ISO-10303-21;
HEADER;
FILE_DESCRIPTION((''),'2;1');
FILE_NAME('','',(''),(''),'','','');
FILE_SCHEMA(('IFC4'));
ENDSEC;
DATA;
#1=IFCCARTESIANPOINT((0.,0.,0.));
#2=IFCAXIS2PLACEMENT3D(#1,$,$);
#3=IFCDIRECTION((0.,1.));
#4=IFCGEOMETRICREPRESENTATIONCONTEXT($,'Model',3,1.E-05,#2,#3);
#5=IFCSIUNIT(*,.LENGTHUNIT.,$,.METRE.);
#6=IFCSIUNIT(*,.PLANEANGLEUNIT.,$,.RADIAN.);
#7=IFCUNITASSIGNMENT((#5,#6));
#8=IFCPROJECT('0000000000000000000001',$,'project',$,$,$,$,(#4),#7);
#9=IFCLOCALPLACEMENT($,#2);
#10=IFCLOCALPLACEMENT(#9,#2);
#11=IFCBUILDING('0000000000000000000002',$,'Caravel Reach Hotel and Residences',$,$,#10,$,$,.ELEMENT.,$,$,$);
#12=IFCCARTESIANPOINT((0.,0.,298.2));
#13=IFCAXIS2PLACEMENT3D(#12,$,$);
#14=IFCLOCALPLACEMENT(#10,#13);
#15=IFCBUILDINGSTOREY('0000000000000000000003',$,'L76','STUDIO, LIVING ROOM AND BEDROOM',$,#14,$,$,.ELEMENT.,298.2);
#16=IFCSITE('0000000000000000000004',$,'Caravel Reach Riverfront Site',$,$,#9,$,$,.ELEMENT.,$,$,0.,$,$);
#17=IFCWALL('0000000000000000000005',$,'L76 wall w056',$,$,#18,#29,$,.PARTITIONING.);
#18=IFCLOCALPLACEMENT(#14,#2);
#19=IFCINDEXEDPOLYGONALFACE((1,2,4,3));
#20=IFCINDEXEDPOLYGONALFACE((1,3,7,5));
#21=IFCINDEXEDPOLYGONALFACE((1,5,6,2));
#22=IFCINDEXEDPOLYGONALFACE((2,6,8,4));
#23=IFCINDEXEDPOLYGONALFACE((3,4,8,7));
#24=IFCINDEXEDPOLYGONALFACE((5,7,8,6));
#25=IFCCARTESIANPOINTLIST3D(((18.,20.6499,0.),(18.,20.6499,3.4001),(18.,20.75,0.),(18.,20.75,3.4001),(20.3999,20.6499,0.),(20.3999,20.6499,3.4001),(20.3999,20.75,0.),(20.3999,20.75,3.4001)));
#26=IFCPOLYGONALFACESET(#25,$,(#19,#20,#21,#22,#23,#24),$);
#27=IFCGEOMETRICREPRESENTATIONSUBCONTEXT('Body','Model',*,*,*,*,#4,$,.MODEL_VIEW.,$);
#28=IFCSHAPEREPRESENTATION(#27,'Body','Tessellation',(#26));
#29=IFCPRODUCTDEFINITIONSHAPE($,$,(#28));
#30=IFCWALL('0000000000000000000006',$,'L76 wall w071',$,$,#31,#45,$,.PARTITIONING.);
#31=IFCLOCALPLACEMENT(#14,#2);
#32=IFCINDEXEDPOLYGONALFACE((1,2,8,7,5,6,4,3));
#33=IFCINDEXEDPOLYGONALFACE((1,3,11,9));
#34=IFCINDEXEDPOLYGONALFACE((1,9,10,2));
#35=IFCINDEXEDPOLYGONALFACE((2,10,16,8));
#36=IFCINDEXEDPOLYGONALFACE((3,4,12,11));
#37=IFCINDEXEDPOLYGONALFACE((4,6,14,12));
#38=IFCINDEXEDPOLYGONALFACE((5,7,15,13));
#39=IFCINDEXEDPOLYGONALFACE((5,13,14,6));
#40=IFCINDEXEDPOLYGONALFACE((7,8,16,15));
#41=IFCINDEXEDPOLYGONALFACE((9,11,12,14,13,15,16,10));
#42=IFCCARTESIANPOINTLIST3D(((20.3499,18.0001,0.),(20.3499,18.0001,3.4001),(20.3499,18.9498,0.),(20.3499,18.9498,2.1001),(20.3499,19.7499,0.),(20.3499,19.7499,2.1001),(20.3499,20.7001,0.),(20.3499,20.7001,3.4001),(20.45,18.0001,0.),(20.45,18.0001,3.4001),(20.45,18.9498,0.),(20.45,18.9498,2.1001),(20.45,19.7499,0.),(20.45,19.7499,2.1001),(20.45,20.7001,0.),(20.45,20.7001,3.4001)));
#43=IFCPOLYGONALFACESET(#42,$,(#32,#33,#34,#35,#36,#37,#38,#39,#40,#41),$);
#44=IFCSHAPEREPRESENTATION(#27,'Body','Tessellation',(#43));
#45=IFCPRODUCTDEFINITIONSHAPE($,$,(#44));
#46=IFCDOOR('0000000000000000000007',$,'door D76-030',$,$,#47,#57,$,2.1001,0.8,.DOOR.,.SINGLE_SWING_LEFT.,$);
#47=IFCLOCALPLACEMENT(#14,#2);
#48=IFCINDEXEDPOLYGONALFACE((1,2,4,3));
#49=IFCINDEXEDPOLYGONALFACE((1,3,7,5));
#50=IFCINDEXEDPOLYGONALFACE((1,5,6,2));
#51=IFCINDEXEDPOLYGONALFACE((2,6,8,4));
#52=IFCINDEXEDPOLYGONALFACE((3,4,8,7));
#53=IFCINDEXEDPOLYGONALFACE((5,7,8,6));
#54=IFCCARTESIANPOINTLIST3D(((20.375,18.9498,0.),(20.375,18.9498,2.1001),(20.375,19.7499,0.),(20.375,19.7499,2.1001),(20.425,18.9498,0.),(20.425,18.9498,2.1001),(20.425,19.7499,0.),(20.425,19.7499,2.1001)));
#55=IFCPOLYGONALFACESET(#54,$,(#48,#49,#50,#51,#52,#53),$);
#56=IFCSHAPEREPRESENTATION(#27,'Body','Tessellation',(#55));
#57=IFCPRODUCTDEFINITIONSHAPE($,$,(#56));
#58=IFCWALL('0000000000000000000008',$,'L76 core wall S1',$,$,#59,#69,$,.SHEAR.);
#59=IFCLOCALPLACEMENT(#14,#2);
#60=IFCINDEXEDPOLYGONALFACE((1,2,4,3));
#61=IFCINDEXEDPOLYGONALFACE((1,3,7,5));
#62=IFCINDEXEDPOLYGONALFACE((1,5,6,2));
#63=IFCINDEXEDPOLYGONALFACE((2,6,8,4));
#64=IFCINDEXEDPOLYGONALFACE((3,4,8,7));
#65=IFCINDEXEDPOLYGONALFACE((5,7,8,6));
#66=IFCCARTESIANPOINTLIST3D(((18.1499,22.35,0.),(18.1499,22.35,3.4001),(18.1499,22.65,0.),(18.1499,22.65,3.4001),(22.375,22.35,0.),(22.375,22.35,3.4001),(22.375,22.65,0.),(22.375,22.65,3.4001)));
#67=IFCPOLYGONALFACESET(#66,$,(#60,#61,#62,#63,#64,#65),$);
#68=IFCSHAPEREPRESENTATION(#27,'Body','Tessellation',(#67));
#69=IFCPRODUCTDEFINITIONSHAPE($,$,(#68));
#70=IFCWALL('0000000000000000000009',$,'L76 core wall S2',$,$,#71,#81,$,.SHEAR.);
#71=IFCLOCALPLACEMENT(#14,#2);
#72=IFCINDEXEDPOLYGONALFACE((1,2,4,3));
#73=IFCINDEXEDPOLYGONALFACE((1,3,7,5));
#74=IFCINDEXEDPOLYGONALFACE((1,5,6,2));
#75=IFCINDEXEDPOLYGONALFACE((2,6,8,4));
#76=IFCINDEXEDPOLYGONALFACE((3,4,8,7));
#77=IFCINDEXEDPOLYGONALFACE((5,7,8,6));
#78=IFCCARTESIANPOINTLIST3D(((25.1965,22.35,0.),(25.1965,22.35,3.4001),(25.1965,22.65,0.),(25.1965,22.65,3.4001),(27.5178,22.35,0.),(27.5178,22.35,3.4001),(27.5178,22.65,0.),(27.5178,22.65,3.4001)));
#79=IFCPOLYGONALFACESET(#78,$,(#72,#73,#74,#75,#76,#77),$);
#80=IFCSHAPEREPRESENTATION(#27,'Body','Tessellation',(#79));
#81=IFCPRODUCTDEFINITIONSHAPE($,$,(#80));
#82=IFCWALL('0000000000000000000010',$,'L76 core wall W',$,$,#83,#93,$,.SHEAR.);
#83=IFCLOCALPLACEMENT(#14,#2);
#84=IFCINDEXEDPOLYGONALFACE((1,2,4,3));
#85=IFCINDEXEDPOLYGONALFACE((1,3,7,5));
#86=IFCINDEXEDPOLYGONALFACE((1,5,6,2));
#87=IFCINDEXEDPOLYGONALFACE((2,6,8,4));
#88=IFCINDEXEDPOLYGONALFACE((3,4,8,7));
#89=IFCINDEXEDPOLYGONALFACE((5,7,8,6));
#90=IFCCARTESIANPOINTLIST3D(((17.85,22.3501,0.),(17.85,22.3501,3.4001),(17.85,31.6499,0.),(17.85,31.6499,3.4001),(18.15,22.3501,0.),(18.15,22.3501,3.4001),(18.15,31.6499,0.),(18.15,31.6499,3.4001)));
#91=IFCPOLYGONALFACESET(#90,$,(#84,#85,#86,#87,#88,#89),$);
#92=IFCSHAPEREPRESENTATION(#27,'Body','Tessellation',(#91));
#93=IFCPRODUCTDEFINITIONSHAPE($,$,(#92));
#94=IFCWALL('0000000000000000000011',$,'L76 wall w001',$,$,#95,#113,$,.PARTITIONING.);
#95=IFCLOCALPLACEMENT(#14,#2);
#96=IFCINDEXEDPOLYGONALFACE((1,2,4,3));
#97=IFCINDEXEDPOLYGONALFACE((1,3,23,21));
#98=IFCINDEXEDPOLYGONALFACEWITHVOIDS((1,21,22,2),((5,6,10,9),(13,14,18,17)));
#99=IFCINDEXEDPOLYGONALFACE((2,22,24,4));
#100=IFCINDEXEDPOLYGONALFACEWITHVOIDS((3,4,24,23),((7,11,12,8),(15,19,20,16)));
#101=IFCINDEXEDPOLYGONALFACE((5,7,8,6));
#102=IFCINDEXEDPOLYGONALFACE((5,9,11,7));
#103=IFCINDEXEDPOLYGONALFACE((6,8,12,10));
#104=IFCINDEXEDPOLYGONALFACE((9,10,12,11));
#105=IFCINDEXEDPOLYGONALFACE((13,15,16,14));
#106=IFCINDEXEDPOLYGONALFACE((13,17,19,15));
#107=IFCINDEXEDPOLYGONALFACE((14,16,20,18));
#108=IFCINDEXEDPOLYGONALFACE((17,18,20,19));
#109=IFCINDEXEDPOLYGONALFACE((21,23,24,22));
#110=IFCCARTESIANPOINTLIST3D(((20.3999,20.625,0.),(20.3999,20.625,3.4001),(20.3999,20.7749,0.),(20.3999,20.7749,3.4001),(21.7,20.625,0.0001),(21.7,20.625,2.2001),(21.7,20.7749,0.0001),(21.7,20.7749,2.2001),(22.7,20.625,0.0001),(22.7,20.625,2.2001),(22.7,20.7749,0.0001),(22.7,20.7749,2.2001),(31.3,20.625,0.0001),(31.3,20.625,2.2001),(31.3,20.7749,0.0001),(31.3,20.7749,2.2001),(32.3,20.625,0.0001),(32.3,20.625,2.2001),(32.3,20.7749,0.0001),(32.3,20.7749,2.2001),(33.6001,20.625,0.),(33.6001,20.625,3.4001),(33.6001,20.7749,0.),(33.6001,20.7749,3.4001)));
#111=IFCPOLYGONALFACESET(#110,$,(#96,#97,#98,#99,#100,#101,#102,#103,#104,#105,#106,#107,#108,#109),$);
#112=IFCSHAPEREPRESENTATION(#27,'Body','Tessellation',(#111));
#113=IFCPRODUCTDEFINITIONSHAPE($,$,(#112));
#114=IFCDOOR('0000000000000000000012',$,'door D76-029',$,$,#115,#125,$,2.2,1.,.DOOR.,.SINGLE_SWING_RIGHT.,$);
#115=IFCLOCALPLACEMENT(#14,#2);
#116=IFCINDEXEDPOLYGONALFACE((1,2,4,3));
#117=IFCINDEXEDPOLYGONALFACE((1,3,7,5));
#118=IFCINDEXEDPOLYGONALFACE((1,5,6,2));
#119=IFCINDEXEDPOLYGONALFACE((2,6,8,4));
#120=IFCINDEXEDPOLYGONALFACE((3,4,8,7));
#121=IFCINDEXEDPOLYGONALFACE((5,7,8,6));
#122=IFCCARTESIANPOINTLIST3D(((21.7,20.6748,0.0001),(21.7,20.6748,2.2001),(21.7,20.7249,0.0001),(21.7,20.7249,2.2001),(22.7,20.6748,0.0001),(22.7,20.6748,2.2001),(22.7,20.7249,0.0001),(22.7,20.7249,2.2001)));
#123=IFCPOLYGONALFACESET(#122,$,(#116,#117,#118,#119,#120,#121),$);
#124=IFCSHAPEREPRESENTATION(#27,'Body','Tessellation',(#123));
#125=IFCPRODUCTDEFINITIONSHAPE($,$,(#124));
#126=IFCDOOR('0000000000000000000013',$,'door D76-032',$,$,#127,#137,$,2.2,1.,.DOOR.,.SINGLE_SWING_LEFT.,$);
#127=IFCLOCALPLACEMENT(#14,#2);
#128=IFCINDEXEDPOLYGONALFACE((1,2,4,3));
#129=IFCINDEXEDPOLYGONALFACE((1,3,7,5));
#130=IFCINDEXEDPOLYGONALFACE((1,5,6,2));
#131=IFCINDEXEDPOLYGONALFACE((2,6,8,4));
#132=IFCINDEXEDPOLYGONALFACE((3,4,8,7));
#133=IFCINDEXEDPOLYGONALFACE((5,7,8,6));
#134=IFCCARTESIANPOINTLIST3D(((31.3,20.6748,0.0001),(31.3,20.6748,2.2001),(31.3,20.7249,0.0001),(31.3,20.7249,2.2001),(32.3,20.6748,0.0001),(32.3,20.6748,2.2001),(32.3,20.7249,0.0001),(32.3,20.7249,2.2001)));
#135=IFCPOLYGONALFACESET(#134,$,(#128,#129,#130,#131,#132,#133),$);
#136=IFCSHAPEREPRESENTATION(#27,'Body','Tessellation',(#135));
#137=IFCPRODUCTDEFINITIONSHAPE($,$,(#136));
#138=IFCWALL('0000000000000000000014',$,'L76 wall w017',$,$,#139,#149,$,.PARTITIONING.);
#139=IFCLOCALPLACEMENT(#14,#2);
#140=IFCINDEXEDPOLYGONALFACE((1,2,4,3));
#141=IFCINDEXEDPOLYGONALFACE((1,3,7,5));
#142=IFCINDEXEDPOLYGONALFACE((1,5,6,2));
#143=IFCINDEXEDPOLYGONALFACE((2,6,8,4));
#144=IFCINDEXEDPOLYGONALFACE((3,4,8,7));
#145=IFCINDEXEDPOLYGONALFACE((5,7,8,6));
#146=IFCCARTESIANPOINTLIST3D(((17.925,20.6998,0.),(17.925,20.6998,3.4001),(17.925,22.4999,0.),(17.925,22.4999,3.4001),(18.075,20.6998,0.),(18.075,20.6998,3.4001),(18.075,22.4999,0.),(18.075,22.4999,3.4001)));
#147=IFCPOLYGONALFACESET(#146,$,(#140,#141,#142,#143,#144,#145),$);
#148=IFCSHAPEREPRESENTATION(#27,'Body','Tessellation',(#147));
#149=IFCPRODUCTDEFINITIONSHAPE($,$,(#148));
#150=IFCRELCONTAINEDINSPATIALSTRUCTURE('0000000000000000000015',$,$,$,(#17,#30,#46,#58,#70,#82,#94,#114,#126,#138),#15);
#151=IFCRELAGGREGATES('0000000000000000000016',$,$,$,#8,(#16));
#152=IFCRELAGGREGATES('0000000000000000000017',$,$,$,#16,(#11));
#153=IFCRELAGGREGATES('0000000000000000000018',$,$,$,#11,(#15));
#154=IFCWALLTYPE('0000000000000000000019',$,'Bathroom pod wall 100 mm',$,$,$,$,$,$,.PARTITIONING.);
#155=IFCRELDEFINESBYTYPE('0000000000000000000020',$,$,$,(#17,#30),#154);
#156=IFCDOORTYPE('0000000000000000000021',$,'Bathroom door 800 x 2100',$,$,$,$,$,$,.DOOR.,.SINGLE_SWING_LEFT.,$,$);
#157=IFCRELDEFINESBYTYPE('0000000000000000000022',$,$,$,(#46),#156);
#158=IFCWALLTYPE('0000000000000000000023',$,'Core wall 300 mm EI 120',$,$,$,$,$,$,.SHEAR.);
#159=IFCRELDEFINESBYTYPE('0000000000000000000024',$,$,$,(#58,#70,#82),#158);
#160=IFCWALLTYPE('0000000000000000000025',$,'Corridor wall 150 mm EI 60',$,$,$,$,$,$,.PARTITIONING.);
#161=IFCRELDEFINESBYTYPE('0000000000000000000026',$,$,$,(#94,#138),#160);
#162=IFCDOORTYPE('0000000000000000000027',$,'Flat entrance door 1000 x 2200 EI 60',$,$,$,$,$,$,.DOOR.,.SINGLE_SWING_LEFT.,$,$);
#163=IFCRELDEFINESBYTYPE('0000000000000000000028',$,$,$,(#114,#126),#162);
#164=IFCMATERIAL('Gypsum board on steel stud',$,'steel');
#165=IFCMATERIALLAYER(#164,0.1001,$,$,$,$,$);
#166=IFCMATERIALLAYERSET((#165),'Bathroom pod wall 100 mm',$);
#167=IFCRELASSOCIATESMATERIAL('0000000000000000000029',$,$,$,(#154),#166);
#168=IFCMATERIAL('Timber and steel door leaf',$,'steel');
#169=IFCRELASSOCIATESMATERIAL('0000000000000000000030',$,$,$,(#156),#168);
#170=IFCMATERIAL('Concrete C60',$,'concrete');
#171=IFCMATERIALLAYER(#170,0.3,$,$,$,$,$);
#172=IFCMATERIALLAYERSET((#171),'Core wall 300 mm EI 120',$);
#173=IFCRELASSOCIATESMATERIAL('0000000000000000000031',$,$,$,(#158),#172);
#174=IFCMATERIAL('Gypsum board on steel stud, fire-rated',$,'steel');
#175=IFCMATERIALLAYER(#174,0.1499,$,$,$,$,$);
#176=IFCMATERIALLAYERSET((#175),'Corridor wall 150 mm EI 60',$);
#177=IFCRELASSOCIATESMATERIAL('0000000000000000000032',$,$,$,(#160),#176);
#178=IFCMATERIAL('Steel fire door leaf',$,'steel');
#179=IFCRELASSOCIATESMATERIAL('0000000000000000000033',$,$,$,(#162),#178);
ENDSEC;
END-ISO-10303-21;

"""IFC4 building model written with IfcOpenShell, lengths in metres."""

from ifc_helpers import new_model, si_unit, direction, frame, frame_2d, origin, place, context, subcontext, project, spatial, rectangle, extrude, material, layer, layer_set, type_object, element, fill, save


model = new_model("IFC4")

# Units and contexts
model_context = context("Model", 3, precision=1e-05, world=origin(), true_north=direction((0.0, 1.0)))
body_context = subcontext(model_context, "Body", "Model", "MODEL_VIEW")
ifc_project = project(units=[si_unit("LENGTHUNIT", "METRE"), si_unit("PLANEANGLEUNIT", "RADIAN")], contexts=[model_context])

# Site, building, storey
site_placement = place(None, origin())
site = spatial("IfcSite", under=ifc_project, at=site_placement, Name="Caravel Reach Riverfront Site", CompositionType="ELEMENT", RefElevation=0.0)
building_placement = place(site_placement, origin())
building = spatial("IfcBuilding", under=site, at=building_placement, Name="Caravel Reach Hotel and Residences", CompositionType="ELEMENT")
storey_placement = place(building_placement, frame((0.0, 0.0, 298.2)))
storey = spatial("IfcBuildingStorey", under=building, at=storey_placement, Name="L76", Description="STUDIO, LIVING ROOM AND BEDROOM", CompositionType="ELEMENT", Elevation=298.2)

# Wall
ifc_material_1 = material(Name="Gypsum board on steel stud", Category="steel")
ifc_layer_1 = layer(ifc_material_1, 0.1001)
ifc_layer_set_1 = layer_set([ifc_layer_1], Name="Bathroom pod wall 100 mm")
wall_type_1 = type_object("IfcWallType", Name="Bathroom pod wall 100 mm", PredefinedType="PARTITIONING", material=ifc_layer_set_1)
wall_1_placement = place(storey_placement, frame((18.0, 20.7, 0.0), z_axis=(0.0, 0.0, 1.0), x_axis=(1.0, 0.0, 0.0)))
element("IfcWall", 1, at=wall_1_placement, inside=storey, type_object=wall_type_1, Name="L76 wall w056", PredefinedType="PARTITIONING", context=body_context, shape_type="SweptSolid", body=[
    extrude(rectangle(XDim=2.3999, YDim=0.1001, at=frame_2d((1.2, 0.0))), origin(), (0.0, 0.0, 1.0), 3.4001),
])

# Wall, opening, door
wall_2_placement = place(storey_placement, frame((20.3999, 18.0, 0.0), z_axis=(0.0, 0.0, 1.0), x_axis=(0.0, 1.0, 0.0)))
wall_2 = element("IfcWall", 2, at=wall_2_placement, inside=storey, type_object=wall_type_1, Name="L76 wall w071", PredefinedType="PARTITIONING", context=body_context, shape_type="SweptSolid", body=[
    extrude(rectangle(XDim=2.7, YDim=0.1001, at=frame_2d((1.3501, 0.0))), origin(), (0.0, 0.0, 1.0), 3.4001),
])
opening_1_placement = place(wall_2_placement, frame((0.95, 0.0, 0.0)))
opening_1 = element("IfcOpeningElement", 3, at=opening_1_placement, cuts=wall_2, PredefinedType="OPENING", context=body_context, shape_type="SweptSolid", body=[
    extrude(rectangle(XDim=0.8, YDim=2.1001, at=frame_2d((0.3999, 1.05))), frame((0.0, 0.0601, 0.0), z_axis=(0.0, -1.0, 0.0), x_axis=(1.0, 0.0, 0.0)), (0.0, 0.0, 1.0), 0.1201),
])
ifc_material_2 = material(Name="Timber and steel door leaf", Category="steel")
door_type_1 = type_object("IfcDoorType", Name="Bathroom door 800 x 2100", OperationType="SINGLE_SWING_LEFT", PredefinedType="DOOR", material=ifc_material_2)
door_1_placement = place(opening_1_placement, origin())
door_1 = element("IfcDoor", 4, at=door_1_placement, inside=storey, type_object=door_type_1, Name="door D76-030", OperationType="SINGLE_SWING_LEFT", OverallHeight=2.1001, OverallWidth=0.8, PredefinedType="DOOR", context=body_context, shape_type="SweptSolid", body=[
    extrude(rectangle(XDim=0.8, YDim=2.1001, at=frame_2d((0.3999, 1.05))), frame((0.0, 0.0249, 0.0), z_axis=(0.0, -1.0, 0.0), x_axis=(1.0, 0.0, 0.0)), (0.0, 0.0, 1.0), 0.05),
])
fill(opening_1, door_1)

# Walls
ifc_material_3 = material(Name="Concrete C60", Category="concrete")
ifc_layer_2 = layer(ifc_material_3, 0.3)
ifc_layer_set_2 = layer_set([ifc_layer_2], Name="Core wall 300 mm EI 120")
wall_type_2 = type_object("IfcWallType", Name="Core wall 300 mm EI 120", PredefinedType="SHEAR", material=ifc_layer_set_2)
wall_3_placement = place(storey_placement, frame((18.1499, 22.5, 0.0), z_axis=(0.0, 0.0, 1.0), x_axis=(1.0, 0.0, 0.0)))
element("IfcWall", 5, at=wall_3_placement, inside=storey, type_object=wall_type_2, Name="L76 core wall S1", PredefinedType="SHEAR", context=body_context, shape_type="SweptSolid", body=[
    extrude(rectangle(XDim=4.2251, YDim=0.3, at=frame_2d((2.1125, 0.0))), origin(), (0.0, 0.0, 1.0), 3.4001),
])
wall_4_placement = place(storey_placement, frame((25.1965, 22.5, 0.0), z_axis=(0.0, 0.0, 1.0), x_axis=(1.0, 0.0, 0.0)))
element("IfcWall", 6, at=wall_4_placement, inside=storey, type_object=wall_type_2, Name="L76 core wall S2", PredefinedType="SHEAR", context=body_context, shape_type="SweptSolid", body=[
    extrude(rectangle(XDim=2.3213, YDim=0.3, at=frame_2d((1.1606, 0.0))), origin(), (0.0, 0.0, 1.0), 3.4001),
])
wall_5_placement = place(storey_placement, frame((18.0, 22.3501, 0.0), z_axis=(0.0, 0.0, 1.0), x_axis=(0.0, 1.0, 0.0)))
element("IfcWall", 7, at=wall_5_placement, inside=storey, type_object=wall_type_2, Name="L76 core wall W", PredefinedType="SHEAR", context=body_context, shape_type="SweptSolid", body=[
    extrude(rectangle(XDim=9.2998, YDim=0.3, at=frame_2d((4.6499, 0.0))), origin(), (0.0, 0.0, 1.0), 3.4001),
])

# Wall, openings, doors
ifc_material_4 = material(Name="Gypsum board on steel stud, fire-rated", Category="steel")
ifc_layer_3 = layer(ifc_material_4, 0.1499)
ifc_layer_set_3 = layer_set([ifc_layer_3], Name="Corridor wall 150 mm EI 60")
wall_type_3 = type_object("IfcWallType", Name="Corridor wall 150 mm EI 60", PredefinedType="PARTITIONING", material=ifc_layer_set_3)
wall_6_placement = place(storey_placement, frame((20.3999, 20.7, 0.0), z_axis=(0.0, 0.0, 1.0), x_axis=(1.0, 0.0, 0.0)))
wall_6 = element("IfcWall", 8, at=wall_6_placement, inside=storey, type_object=wall_type_3, Name="L76 wall w001", PredefinedType="PARTITIONING", context=body_context, shape_type="SweptSolid", body=[
    extrude(rectangle(XDim=13.2002, YDim=0.1499, at=frame_2d((6.6001, 0.0))), origin(), (0.0, 0.0, 1.0), 3.4001),
])
opening_2_placement = place(wall_6_placement, frame((1.3, 0.0, 0.0)))
opening_2 = element("IfcOpeningElement", 9, at=opening_2_placement, cuts=wall_6, PredefinedType="OPENING", context=body_context, shape_type="SweptSolid", body=[
    extrude(rectangle(XDim=1.0, YDim=2.2, at=frame_2d((0.5, 1.1001))), frame((0.0, 0.085, 0.0), z_axis=(0.0, -1.0, 0.0), x_axis=(1.0, 0.0, 0.0)), (0.0, 0.0, 1.0), 0.1699),
])
opening_3_placement = place(wall_6_placement, frame((10.9001, 0.0, 0.0)))
opening_3 = element("IfcOpeningElement", 10, at=opening_3_placement, cuts=wall_6, PredefinedType="OPENING", context=body_context, shape_type="SweptSolid", body=[
    extrude(rectangle(XDim=1.0, YDim=2.2, at=frame_2d((0.5, 1.1001))), frame((0.0, 0.085, 0.0), z_axis=(0.0, -1.0, 0.0), x_axis=(1.0, 0.0, 0.0)), (0.0, 0.0, 1.0), 0.1699),
])
ifc_material_5 = material(Name="Steel fire door leaf", Category="steel")
door_type_2 = type_object("IfcDoorType", Name="Flat entrance door 1000 x 2200 EI 60", OperationType="SINGLE_SWING_LEFT", PredefinedType="DOOR", material=ifc_material_5)
door_2_placement = place(opening_2_placement, origin())
door_2 = element("IfcDoor", 11, at=door_2_placement, inside=storey, type_object=door_type_2, Name="door D76-029", OperationType="SINGLE_SWING_RIGHT", OverallHeight=2.2, OverallWidth=1.0, PredefinedType="DOOR", context=body_context, shape_type="SweptSolid", body=[
    extrude(rectangle(XDim=1.0, YDim=2.2, at=frame_2d((0.5, 1.1001))), frame((0.0, 0.0249, 0.0), z_axis=(0.0, -1.0, 0.0), x_axis=(1.0, 0.0, 0.0)), (0.0, 0.0, 1.0), 0.05),
])
fill(opening_2, door_2)
door_3_placement = place(opening_3_placement, origin())
door_3 = element("IfcDoor", 12, at=door_3_placement, inside=storey, type_object=door_type_2, Name="door D76-032", OperationType="SINGLE_SWING_LEFT", OverallHeight=2.2, OverallWidth=1.0, PredefinedType="DOOR", context=body_context, shape_type="SweptSolid", body=[
    extrude(rectangle(XDim=1.0, YDim=2.2, at=frame_2d((0.5, 1.1001))), frame((0.0, 0.0249, 0.0), z_axis=(0.0, -1.0, 0.0), x_axis=(1.0, 0.0, 0.0)), (0.0, 0.0, 1.0), 0.05),
])
fill(opening_3, door_3)

# Wall
wall_7_placement = place(storey_placement, frame((18.0, 20.7, 0.0), z_axis=(0.0, 0.0, 1.0), x_axis=(0.0, 1.0, 0.0)))
element("IfcWall", 13, at=wall_7_placement, inside=storey, type_object=wall_type_3, Name="L76 wall w017", PredefinedType="PARTITIONING", context=body_context, shape_type="SweptSolid", body=[
    extrude(rectangle(XDim=1.8, YDim=0.1499, at=frame_2d((0.8999, 0.0))), origin(), (0.0, 0.0, 1.0), 3.4001),
])

save(model, "model.ifc")
